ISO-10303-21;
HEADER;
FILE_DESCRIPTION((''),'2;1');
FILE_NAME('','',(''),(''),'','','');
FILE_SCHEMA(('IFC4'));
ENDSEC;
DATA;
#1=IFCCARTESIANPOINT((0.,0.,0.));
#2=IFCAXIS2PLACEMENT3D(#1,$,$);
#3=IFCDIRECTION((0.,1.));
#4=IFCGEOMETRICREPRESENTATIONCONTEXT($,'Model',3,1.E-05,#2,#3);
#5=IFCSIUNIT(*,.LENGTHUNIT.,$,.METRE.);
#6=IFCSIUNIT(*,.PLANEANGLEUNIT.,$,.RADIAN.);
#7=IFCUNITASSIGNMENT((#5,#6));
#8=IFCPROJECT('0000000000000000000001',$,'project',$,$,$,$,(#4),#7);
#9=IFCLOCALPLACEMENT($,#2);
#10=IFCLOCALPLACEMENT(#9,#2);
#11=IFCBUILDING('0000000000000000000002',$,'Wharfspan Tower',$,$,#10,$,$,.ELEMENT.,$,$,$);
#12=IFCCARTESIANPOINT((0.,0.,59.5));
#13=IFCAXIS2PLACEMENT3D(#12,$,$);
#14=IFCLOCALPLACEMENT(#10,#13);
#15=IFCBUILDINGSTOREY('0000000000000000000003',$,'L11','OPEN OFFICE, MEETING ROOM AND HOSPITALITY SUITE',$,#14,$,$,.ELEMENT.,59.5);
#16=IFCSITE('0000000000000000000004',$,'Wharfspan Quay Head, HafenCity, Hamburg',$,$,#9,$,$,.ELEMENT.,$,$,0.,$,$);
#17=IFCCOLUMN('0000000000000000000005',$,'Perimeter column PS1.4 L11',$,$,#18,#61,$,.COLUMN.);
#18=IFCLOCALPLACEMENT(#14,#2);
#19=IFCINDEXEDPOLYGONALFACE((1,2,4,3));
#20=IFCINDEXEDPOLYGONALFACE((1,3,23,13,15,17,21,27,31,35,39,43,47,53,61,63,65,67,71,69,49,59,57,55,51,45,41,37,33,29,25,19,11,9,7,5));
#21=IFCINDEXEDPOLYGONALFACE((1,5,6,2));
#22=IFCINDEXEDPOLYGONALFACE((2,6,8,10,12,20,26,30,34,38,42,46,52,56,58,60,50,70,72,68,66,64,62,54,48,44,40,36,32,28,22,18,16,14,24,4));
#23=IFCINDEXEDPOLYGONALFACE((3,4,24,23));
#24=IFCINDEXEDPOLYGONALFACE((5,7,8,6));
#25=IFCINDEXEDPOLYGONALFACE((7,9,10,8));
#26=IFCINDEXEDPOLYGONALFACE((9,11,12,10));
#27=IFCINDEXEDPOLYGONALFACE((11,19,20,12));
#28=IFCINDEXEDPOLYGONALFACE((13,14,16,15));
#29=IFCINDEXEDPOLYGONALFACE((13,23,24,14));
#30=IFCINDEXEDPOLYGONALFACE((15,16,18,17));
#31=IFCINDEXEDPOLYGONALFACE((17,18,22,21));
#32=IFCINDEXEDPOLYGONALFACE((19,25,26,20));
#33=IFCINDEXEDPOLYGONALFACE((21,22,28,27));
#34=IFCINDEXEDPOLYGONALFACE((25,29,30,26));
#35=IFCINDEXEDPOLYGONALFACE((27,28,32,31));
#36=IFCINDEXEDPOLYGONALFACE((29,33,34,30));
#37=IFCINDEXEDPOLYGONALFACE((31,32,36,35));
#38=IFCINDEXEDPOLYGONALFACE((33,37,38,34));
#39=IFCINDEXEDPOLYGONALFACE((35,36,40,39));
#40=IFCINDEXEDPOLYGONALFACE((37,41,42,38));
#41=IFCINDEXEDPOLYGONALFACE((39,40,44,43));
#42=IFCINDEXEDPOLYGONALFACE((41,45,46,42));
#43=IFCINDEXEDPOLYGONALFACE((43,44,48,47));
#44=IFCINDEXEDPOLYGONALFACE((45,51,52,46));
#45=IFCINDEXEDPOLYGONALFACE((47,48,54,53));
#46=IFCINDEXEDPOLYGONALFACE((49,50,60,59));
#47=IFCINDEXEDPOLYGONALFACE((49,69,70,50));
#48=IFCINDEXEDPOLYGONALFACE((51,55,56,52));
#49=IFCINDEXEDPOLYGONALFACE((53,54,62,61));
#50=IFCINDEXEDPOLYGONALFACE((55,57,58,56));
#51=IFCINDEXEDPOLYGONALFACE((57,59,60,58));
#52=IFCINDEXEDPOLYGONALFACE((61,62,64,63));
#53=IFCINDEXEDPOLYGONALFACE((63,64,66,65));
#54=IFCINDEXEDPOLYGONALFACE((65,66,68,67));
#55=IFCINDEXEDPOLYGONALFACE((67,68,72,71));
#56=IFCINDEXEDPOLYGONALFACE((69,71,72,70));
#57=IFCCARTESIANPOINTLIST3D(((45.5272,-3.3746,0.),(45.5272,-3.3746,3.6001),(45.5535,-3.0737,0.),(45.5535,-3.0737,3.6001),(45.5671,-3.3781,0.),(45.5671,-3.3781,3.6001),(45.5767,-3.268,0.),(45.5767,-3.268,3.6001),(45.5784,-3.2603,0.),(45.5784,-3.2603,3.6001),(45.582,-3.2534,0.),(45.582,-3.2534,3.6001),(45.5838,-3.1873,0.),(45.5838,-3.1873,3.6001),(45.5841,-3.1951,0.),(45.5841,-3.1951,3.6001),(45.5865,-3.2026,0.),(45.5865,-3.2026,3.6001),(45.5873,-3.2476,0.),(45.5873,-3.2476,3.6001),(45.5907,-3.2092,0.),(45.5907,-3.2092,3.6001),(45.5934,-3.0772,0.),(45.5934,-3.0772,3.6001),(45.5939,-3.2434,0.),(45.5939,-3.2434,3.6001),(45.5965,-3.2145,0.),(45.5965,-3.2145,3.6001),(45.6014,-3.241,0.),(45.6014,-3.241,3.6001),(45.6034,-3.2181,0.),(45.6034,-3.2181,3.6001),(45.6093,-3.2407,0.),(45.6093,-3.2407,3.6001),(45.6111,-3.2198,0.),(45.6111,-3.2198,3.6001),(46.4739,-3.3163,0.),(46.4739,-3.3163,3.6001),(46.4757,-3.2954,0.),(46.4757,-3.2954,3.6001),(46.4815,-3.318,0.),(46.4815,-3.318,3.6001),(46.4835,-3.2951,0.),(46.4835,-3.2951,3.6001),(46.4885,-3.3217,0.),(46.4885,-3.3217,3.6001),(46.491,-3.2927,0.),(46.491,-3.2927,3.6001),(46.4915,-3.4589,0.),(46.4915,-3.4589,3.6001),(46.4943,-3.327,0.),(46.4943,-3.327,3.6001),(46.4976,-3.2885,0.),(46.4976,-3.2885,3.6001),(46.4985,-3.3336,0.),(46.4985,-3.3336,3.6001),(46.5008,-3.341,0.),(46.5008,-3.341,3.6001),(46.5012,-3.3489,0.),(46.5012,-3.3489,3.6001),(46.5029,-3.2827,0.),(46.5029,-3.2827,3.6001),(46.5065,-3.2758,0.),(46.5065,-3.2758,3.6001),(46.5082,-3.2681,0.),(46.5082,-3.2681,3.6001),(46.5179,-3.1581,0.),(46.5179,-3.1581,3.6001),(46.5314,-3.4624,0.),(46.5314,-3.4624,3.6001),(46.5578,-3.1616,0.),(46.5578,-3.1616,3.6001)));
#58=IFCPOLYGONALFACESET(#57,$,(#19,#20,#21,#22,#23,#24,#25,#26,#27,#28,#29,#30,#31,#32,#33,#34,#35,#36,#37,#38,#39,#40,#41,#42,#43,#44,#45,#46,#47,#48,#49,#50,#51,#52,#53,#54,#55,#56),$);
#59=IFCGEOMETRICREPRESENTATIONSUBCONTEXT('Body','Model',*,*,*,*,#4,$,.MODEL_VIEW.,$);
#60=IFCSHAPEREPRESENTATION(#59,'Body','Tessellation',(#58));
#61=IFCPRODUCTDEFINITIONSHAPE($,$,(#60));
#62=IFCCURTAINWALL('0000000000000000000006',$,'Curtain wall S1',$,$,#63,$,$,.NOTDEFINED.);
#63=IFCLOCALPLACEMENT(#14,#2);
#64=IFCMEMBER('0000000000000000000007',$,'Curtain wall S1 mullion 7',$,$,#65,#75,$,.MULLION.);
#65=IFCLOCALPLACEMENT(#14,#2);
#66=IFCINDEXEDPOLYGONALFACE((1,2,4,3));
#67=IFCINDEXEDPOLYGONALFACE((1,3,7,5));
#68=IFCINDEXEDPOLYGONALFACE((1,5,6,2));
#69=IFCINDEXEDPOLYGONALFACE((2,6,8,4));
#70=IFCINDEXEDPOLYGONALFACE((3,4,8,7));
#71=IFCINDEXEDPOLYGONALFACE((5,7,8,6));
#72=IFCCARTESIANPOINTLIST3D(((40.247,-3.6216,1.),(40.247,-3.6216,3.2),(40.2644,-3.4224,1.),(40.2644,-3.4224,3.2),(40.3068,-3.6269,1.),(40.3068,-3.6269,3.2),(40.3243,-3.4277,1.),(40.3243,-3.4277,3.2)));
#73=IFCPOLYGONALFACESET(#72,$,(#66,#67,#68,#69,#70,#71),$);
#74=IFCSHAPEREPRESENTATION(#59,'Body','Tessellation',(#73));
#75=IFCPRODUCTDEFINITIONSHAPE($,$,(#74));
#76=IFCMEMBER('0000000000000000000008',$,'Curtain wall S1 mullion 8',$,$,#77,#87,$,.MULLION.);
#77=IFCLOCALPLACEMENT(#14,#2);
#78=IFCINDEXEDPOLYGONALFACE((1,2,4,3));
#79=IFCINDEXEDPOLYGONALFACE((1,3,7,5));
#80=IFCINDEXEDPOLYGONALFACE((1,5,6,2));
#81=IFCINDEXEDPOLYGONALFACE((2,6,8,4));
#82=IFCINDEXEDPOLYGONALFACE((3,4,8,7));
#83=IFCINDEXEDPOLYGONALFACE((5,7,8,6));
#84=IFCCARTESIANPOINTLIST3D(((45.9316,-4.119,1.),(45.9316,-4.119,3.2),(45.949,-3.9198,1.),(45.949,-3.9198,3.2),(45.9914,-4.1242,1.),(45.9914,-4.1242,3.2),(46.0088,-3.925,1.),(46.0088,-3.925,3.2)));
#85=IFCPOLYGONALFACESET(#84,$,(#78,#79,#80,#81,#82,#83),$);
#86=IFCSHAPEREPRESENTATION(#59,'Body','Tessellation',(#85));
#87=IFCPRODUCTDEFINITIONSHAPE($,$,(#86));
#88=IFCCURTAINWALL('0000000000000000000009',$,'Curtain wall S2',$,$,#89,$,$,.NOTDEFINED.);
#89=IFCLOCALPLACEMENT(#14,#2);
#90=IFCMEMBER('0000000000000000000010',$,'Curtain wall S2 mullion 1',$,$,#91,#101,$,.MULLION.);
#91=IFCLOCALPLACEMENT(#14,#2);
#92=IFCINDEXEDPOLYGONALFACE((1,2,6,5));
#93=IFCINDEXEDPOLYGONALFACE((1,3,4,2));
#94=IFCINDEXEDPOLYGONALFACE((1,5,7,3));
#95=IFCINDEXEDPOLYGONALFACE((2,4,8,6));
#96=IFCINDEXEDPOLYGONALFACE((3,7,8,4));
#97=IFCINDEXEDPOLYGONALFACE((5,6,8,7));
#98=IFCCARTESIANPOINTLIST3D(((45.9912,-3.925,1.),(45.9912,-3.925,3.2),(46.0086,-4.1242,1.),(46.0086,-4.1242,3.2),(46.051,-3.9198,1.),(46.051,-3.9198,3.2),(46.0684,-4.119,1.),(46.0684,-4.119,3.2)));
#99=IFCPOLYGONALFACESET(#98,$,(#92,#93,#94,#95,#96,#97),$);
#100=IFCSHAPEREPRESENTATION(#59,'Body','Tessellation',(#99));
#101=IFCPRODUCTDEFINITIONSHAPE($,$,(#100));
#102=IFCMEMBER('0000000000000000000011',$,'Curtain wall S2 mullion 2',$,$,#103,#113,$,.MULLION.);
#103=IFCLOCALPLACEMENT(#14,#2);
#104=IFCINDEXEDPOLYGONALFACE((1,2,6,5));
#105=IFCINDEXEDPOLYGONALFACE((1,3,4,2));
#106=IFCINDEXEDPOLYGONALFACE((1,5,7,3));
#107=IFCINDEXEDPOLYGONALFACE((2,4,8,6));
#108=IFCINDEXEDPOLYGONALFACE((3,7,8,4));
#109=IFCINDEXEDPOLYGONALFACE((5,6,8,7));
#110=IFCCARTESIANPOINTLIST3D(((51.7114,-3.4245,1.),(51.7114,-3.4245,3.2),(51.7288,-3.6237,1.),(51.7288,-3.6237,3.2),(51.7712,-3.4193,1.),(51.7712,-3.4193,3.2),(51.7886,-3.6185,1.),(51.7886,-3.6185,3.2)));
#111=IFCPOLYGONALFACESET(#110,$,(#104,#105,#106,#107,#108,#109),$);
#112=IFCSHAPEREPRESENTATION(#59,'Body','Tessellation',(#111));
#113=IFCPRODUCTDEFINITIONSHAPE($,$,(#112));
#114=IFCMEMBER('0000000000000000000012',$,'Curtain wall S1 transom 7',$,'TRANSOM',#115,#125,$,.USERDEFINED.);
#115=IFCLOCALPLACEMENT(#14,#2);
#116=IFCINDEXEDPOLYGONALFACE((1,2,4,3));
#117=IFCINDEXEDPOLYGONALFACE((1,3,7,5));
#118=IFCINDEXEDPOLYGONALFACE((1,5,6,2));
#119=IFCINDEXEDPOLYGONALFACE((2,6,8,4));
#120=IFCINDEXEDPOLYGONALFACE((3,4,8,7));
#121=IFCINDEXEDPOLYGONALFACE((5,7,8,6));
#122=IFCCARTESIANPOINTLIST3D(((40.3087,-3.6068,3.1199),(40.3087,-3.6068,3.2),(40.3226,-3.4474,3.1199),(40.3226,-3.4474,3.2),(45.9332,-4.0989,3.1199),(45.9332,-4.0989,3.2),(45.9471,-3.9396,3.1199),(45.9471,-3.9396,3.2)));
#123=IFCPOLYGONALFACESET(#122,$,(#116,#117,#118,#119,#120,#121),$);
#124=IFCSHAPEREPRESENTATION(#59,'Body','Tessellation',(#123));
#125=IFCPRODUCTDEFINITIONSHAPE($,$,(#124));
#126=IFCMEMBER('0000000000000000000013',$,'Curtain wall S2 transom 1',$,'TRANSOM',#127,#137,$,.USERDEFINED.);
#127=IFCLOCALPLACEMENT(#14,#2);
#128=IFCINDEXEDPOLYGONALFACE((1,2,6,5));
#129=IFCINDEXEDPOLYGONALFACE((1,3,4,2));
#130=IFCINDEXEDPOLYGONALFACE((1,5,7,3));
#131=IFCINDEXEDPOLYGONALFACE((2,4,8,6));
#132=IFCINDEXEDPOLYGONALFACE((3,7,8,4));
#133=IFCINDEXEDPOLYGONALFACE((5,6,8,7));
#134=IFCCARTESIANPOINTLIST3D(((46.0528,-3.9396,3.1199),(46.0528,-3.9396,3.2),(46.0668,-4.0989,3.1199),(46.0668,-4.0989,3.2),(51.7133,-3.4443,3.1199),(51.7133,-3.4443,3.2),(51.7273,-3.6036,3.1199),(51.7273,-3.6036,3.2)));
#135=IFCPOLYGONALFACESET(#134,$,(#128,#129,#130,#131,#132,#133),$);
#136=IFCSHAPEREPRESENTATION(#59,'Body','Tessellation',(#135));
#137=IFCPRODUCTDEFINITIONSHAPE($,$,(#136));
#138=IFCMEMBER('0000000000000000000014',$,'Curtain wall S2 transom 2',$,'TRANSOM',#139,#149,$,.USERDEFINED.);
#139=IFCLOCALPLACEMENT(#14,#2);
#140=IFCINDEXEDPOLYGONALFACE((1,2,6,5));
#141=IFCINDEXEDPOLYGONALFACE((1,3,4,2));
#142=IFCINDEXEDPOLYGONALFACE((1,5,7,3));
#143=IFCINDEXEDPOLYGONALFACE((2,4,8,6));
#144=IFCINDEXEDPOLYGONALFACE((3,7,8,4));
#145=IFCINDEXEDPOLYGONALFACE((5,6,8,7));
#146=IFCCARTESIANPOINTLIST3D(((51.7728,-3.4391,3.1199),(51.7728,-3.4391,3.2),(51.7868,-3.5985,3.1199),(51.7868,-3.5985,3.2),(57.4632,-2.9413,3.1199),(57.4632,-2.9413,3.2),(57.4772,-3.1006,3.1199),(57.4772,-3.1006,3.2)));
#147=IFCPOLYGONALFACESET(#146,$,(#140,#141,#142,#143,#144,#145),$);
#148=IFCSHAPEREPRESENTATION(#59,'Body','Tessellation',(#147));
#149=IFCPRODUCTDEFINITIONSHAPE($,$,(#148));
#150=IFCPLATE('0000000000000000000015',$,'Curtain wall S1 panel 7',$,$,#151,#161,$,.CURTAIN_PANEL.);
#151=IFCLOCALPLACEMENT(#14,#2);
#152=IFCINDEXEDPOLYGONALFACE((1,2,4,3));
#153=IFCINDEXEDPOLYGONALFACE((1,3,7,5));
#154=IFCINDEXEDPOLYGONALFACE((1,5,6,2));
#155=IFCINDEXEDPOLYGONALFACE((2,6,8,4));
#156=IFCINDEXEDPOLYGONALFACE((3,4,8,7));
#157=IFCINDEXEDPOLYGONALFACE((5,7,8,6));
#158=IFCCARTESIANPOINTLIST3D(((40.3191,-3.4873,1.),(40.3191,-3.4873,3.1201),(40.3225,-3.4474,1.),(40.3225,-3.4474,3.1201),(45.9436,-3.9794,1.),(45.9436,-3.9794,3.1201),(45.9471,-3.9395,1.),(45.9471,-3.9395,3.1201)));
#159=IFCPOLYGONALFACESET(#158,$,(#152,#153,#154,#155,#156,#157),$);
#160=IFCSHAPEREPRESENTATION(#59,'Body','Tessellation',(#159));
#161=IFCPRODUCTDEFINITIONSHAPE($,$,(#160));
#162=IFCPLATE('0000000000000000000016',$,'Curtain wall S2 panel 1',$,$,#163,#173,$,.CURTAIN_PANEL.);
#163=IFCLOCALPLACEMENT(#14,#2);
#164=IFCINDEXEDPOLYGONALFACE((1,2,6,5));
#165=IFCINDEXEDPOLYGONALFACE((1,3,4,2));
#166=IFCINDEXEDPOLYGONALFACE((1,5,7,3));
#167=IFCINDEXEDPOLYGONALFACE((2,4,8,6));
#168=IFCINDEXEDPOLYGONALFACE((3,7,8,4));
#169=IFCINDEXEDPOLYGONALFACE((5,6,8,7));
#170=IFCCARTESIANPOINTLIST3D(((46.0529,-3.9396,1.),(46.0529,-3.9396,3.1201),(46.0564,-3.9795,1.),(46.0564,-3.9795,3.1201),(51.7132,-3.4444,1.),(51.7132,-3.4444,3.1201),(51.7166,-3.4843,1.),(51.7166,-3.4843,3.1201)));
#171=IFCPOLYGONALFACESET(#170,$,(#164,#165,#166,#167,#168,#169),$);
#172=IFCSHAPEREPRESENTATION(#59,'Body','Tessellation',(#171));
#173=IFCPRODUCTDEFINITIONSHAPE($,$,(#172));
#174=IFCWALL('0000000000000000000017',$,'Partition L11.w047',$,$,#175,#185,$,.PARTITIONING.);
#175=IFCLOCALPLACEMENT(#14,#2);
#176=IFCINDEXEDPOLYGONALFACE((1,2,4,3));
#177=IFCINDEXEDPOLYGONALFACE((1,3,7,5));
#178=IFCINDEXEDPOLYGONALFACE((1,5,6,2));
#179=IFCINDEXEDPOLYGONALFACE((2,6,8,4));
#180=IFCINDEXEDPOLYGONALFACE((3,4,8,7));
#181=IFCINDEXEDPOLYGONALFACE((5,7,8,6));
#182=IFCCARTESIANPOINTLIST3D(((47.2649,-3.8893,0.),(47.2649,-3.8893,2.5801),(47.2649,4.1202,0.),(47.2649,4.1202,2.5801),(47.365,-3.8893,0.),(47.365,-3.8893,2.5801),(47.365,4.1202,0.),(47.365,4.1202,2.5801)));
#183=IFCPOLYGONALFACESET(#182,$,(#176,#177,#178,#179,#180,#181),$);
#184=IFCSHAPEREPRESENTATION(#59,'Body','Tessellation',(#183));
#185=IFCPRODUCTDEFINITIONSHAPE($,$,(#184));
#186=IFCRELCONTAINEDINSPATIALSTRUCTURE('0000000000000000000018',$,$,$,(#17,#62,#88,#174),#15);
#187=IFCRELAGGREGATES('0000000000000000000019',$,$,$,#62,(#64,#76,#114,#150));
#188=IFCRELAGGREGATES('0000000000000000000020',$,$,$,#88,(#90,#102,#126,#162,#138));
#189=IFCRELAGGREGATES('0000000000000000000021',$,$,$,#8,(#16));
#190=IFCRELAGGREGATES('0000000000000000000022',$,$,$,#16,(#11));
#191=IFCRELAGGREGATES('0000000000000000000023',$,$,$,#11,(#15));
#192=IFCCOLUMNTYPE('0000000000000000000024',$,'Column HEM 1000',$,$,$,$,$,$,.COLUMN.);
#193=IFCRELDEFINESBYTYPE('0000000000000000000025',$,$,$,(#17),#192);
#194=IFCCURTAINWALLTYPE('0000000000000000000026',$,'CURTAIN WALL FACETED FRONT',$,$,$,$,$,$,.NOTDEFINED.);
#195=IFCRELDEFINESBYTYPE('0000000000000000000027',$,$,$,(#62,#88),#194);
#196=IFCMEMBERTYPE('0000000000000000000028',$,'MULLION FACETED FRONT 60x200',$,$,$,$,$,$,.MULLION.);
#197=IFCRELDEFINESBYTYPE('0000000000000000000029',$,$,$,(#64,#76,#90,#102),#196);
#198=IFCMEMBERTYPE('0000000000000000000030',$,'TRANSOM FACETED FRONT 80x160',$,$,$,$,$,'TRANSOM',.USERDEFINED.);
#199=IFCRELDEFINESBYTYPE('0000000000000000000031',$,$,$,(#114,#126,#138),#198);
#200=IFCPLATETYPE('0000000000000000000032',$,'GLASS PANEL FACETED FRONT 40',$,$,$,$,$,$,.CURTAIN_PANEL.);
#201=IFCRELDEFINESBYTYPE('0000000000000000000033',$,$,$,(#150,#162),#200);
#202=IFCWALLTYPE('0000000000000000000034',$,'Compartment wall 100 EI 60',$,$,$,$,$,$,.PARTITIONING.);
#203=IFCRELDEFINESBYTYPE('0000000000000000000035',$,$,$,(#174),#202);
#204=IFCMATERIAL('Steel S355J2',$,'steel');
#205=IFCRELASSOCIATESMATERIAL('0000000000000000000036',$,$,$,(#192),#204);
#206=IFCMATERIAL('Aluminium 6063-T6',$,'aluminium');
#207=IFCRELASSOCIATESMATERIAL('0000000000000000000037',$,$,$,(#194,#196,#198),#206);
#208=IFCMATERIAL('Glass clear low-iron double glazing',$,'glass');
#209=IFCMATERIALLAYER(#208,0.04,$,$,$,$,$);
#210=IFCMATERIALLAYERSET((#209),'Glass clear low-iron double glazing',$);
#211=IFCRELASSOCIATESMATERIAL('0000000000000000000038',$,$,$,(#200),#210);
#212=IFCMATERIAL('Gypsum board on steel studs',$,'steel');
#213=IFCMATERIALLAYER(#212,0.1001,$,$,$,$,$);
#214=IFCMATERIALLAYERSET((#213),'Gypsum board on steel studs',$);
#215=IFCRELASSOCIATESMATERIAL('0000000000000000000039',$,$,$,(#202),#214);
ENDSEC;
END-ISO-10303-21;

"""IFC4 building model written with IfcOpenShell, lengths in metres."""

from ifc_helpers import new_model, si_unit, direction, frame, frame_2d, origin, origin_2d, place, context, subcontext, project, spatial, rectangle, i_section, extrude, material, layer, layer_set, material_profile, profile_set, type_object, element, aggregate, save


model = new_model("IFC4")

# Units and contexts
model_context = context("Model", 3, precision=1e-05, world=origin(), true_north=direction((0.0, 1.0)))
body_context = subcontext(model_context, "Body", "Model", "MODEL_VIEW")
ifc_project = project(units=[si_unit("LENGTHUNIT", "METRE"), si_unit("PLANEANGLEUNIT", "RADIAN")], contexts=[model_context])

# Site, building, storey
site_placement = place(None, origin())
site = spatial("IfcSite", under=ifc_project, at=site_placement, Name="Wharfspan Quay Head, HafenCity, Hamburg", CompositionType="ELEMENT", RefElevation=0.0)
building_placement = place(site_placement, origin())
building = spatial("IfcBuilding", under=site, at=building_placement, Name="Wharfspan Tower", CompositionType="ELEMENT")
storey_placement = place(building_placement, frame((0.0, 0.0, 59.5)))
storey = spatial("IfcBuildingStorey", under=building, at=storey_placement, Name="L11", Description="OPEN OFFICE, MEETING ROOM AND HOSPITALITY SUITE", CompositionType="ELEMENT", Elevation=59.5)

# Column
ifc_material_1 = material(Name="Steel S355J2", Category="steel")
ifc_material_profile_1 = material_profile(ifc_material_1, i_section(OverallWidth=0.302, OverallDepth=1.0081, WebThickness=0.021, FlangeThickness=0.04, FilletRadius=0.03, at=origin_2d()))
ifc_profile_set_1 = profile_set([ifc_material_profile_1], Name="Steel S355J2")
column_type = type_object("IfcColumnType", Name="Column HEM 1000", PredefinedType="COLUMN", material=ifc_profile_set_1)
column_placement = place(storey_placement, frame((46.0425, -3.2681, 0.0), z_axis=(0.0, 0.0, 1.0), x_axis=(-0.087156, -0.996198, 0.0)))
element("IfcColumn", 1, at=column_placement, inside=storey, type_object=column_type, Name="Perimeter column PS1.4 L11", PredefinedType="COLUMN", context=body_context, shape_type="SweptSolid", body=[
    extrude(i_section(OverallWidth=0.302, OverallDepth=1.0081, WebThickness=0.021, FlangeThickness=0.04, FilletRadius=0.03, at=origin_2d()), origin(), (0.0, 0.0, 1.0), 3.6001),
])

# Curtain walls, members
ifc_material_2 = material(Name="Aluminium 6063-T6", Category="aluminium")
curtain_wall_type = type_object("IfcCurtainWallType", Name="CURTAIN WALL FACETED FRONT", PredefinedType="NOTDEFINED", material=ifc_material_2)
curtain_wall_1_placement = place(storey_placement, origin())
curtain_wall_1 = element("IfcCurtainWall", 2, at=curtain_wall_1_placement, inside=storey, type_object=curtain_wall_type, Name="Curtain wall S1", PredefinedType="NOTDEFINED")
ifc_material_profile_2 = material_profile(ifc_material_2, rectangle(XDim=0.2, YDim=0.0601, at=origin_2d()))
ifc_profile_set_2 = profile_set([ifc_material_profile_2], Name="Aluminium 6063-T6")
member_type_1 = type_object("IfcMemberType", Name="MULLION FACETED FRONT 60x200", PredefinedType="MULLION", material=ifc_profile_set_2)
member_1_placement = place(storey_placement, frame((40.2856, -3.5247, 1.0), z_axis=(0.0, 0.0, 1.0), x_axis=(0.087156, 0.996197, 0.0)))
member_1 = element("IfcMember", 3, at=member_1_placement, type_object=member_type_1, Name="Curtain wall S1 mullion 7", PredefinedType="MULLION", context=body_context, shape_type="SweptSolid", body=[
    extrude(rectangle(XDim=0.2, YDim=0.0601, at=origin_2d()), origin(), (0.0, 0.0, 1.0), 2.2),
])
member_2_placement = place(storey_placement, frame((45.9702, -4.022, 1.0), z_axis=(0.0, 0.0, 1.0), x_axis=(0.087156, 0.996197, 0.0)))
member_2 = element("IfcMember", 4, at=member_2_placement, type_object=member_type_1, Name="Curtain wall S1 mullion 8", PredefinedType="MULLION", context=body_context, shape_type="SweptSolid", body=[
    extrude(rectangle(XDim=0.2, YDim=0.0601, at=origin_2d()), origin(), (0.0, 0.0, 1.0), 2.2),
])
curtain_wall_2_placement = place(storey_placement, origin())
curtain_wall_2 = element("IfcCurtainWall", 5, at=curtain_wall_2_placement, inside=storey, type_object=curtain_wall_type, Name="Curtain wall S2", PredefinedType="NOTDEFINED")
member_3_placement = place(storey_placement, frame((46.0298, -4.022, 1.0), z_axis=(0.0, 0.0, 1.0), x_axis=(-0.087156, 0.996197, 0.0)))
member_3 = element("IfcMember", 6, at=member_3_placement, type_object=member_type_1, Name="Curtain wall S2 mullion 1", PredefinedType="MULLION", context=body_context, shape_type="SweptSolid", body=[
    extrude(rectangle(XDim=0.2, YDim=0.0601, at=origin_2d()), origin(), (0.0, 0.0, 1.0), 2.2),
])
member_4_placement = place(storey_placement, frame((51.75, -3.5215, 1.0), z_axis=(0.0, 0.0, 1.0), x_axis=(-0.087156, 0.996197, 0.0)))
member_4 = element("IfcMember", 7, at=member_4_placement, type_object=member_type_1, Name="Curtain wall S2 mullion 2", PredefinedType="MULLION", context=body_context, shape_type="SweptSolid", body=[
    extrude(rectangle(XDim=0.2, YDim=0.0601, at=origin_2d()), origin(), (0.0, 0.0, 1.0), 2.2),
])

# Members
ifc_material_profile_3 = material_profile(ifc_material_2, rectangle(XDim=0.1599, YDim=0.0801, at=origin_2d()))
ifc_profile_set_3 = profile_set([ifc_material_profile_3], Name="Aluminium 6063-T6")
member_type_2 = type_object("IfcMemberType", Name="TRANSOM FACETED FRONT 80x160", ElementType="TRANSOM", PredefinedType="USERDEFINED", material=ifc_profile_set_3)
member_5_placement = place(storey_placement, frame((40.3157, -3.5271, 3.1599), z_axis=(0.996193, -0.087174, 0.0), x_axis=(0.087174, 0.996193, 0.0)))
member_5 = element("IfcMember", 8, at=member_5_placement, type_object=member_type_2, Name="Curtain wall S1 transom 7", ObjectType="TRANSOM", PredefinedType="USERDEFINED", context=body_context, shape_type="SweptSolid", body=[
    extrude(rectangle(XDim=0.1599, YDim=0.0801, at=origin_2d()), origin(), (0.0, 0.0, 1.0), 5.646),
])
member_6_placement = place(storey_placement, frame((46.0598, -4.0193, 3.1599), z_axis=(0.996193, 0.08718, 0.0), x_axis=(-0.08718, 0.996193, 0.0)))
member_6 = element("IfcMember", 9, at=member_6_placement, type_object=member_type_2, Name="Curtain wall S2 transom 1", ObjectType="TRANSOM", PredefinedType="USERDEFINED", context=body_context, shape_type="SweptSolid", body=[
    extrude(rectangle(XDim=0.1599, YDim=0.0801, at=origin_2d()), origin(), (0.0, 0.0, 1.0), 5.6821),
])
member_7_placement = place(storey_placement, frame((51.7798, -3.5188, 3.1599), z_axis=(0.996195, 0.087148, 0.0), x_axis=(-0.087148, 0.996195, 0.0)))
member_7 = element("IfcMember", 10, at=member_7_placement, type_object=member_type_2, Name="Curtain wall S2 transom 2", ObjectType="TRANSOM", PredefinedType="USERDEFINED", context=body_context, shape_type="SweptSolid", body=[
    extrude(rectangle(XDim=0.1599, YDim=0.0801, at=origin_2d()), origin(), (0.0, 0.0, 1.0), 5.7122),
])

# Plates
ifc_material_3 = material(Name="Glass clear low-iron double glazing", Category="glass")
ifc_layer_1 = layer(ifc_material_3, 0.04)
ifc_layer_set_1 = layer_set([ifc_layer_1], Name="Glass clear low-iron double glazing")
plate_type = type_object("IfcPlateType", Name="GLASS PANEL FACETED FRONT 40", PredefinedType="CURTAIN_PANEL", material=ifc_layer_set_1)
plate_1_placement = place(storey_placement, frame((43.1331, -3.7134, 1.0), z_axis=(0.0, 0.0, 1.0), x_axis=(0.996197, -0.087156, 0.0)))
plate_1 = element("IfcPlate", 11, at=plate_1_placement, type_object=plate_type, Name="Curtain wall S1 panel 7", PredefinedType="CURTAIN_PANEL", context=body_context, shape_type="SweptSolid", body=[
    extrude(rectangle(XDim=5.646, YDim=0.04, at=origin_2d()), origin(), (0.0, 0.0, 1.0), 2.1201),
])
aggregate(curtain_wall_1, [member_1, member_2, member_5, plate_1])
plate_2_placement = place(storey_placement, frame((48.8848, -3.7119, 1.0), z_axis=(0.0, 0.0, 1.0), x_axis=(0.996197, 0.087156, 0.0)))
plate_2 = element("IfcPlate", 12, at=plate_2_placement, type_object=plate_type, Name="Curtain wall S2 panel 1", PredefinedType="CURTAIN_PANEL", context=body_context, shape_type="SweptSolid", body=[
    extrude(rectangle(XDim=5.6819, YDim=0.04, at=origin_2d()), origin(), (0.0, 0.0, 1.0), 2.1201),
])
aggregate(curtain_wall_2, [member_3, member_4, member_6, plate_2, member_7])

# Wall
ifc_material_4 = material(Name="Gypsum board on steel studs", Category="steel")
ifc_layer_2 = layer(ifc_material_4, 0.1001)
ifc_layer_set_2 = layer_set([ifc_layer_2], Name="Gypsum board on steel studs")
wall_type_1 = type_object("IfcWallType", Name="Compartment wall 100 EI 60", PredefinedType="PARTITIONING", material=ifc_layer_set_2)
wall_1_placement = place(storey_placement, frame((47.3149, -3.8894, 0.0), z_axis=(0.0, 0.0, 1.0), x_axis=(0.0, 1.0, 0.0)))
element("IfcWall", 13, at=wall_1_placement, inside=storey, type_object=wall_type_1, Name="Partition L11.w047", PredefinedType="PARTITIONING", context=body_context, shape_type="SweptSolid", body=[
    extrude(rectangle(XDim=8.0095, YDim=0.1001, at=frame_2d((4.0049, 0.0))), origin(), (0.0, 0.0, 1.0), 2.5801),
])

save(model, "model.ifc")
